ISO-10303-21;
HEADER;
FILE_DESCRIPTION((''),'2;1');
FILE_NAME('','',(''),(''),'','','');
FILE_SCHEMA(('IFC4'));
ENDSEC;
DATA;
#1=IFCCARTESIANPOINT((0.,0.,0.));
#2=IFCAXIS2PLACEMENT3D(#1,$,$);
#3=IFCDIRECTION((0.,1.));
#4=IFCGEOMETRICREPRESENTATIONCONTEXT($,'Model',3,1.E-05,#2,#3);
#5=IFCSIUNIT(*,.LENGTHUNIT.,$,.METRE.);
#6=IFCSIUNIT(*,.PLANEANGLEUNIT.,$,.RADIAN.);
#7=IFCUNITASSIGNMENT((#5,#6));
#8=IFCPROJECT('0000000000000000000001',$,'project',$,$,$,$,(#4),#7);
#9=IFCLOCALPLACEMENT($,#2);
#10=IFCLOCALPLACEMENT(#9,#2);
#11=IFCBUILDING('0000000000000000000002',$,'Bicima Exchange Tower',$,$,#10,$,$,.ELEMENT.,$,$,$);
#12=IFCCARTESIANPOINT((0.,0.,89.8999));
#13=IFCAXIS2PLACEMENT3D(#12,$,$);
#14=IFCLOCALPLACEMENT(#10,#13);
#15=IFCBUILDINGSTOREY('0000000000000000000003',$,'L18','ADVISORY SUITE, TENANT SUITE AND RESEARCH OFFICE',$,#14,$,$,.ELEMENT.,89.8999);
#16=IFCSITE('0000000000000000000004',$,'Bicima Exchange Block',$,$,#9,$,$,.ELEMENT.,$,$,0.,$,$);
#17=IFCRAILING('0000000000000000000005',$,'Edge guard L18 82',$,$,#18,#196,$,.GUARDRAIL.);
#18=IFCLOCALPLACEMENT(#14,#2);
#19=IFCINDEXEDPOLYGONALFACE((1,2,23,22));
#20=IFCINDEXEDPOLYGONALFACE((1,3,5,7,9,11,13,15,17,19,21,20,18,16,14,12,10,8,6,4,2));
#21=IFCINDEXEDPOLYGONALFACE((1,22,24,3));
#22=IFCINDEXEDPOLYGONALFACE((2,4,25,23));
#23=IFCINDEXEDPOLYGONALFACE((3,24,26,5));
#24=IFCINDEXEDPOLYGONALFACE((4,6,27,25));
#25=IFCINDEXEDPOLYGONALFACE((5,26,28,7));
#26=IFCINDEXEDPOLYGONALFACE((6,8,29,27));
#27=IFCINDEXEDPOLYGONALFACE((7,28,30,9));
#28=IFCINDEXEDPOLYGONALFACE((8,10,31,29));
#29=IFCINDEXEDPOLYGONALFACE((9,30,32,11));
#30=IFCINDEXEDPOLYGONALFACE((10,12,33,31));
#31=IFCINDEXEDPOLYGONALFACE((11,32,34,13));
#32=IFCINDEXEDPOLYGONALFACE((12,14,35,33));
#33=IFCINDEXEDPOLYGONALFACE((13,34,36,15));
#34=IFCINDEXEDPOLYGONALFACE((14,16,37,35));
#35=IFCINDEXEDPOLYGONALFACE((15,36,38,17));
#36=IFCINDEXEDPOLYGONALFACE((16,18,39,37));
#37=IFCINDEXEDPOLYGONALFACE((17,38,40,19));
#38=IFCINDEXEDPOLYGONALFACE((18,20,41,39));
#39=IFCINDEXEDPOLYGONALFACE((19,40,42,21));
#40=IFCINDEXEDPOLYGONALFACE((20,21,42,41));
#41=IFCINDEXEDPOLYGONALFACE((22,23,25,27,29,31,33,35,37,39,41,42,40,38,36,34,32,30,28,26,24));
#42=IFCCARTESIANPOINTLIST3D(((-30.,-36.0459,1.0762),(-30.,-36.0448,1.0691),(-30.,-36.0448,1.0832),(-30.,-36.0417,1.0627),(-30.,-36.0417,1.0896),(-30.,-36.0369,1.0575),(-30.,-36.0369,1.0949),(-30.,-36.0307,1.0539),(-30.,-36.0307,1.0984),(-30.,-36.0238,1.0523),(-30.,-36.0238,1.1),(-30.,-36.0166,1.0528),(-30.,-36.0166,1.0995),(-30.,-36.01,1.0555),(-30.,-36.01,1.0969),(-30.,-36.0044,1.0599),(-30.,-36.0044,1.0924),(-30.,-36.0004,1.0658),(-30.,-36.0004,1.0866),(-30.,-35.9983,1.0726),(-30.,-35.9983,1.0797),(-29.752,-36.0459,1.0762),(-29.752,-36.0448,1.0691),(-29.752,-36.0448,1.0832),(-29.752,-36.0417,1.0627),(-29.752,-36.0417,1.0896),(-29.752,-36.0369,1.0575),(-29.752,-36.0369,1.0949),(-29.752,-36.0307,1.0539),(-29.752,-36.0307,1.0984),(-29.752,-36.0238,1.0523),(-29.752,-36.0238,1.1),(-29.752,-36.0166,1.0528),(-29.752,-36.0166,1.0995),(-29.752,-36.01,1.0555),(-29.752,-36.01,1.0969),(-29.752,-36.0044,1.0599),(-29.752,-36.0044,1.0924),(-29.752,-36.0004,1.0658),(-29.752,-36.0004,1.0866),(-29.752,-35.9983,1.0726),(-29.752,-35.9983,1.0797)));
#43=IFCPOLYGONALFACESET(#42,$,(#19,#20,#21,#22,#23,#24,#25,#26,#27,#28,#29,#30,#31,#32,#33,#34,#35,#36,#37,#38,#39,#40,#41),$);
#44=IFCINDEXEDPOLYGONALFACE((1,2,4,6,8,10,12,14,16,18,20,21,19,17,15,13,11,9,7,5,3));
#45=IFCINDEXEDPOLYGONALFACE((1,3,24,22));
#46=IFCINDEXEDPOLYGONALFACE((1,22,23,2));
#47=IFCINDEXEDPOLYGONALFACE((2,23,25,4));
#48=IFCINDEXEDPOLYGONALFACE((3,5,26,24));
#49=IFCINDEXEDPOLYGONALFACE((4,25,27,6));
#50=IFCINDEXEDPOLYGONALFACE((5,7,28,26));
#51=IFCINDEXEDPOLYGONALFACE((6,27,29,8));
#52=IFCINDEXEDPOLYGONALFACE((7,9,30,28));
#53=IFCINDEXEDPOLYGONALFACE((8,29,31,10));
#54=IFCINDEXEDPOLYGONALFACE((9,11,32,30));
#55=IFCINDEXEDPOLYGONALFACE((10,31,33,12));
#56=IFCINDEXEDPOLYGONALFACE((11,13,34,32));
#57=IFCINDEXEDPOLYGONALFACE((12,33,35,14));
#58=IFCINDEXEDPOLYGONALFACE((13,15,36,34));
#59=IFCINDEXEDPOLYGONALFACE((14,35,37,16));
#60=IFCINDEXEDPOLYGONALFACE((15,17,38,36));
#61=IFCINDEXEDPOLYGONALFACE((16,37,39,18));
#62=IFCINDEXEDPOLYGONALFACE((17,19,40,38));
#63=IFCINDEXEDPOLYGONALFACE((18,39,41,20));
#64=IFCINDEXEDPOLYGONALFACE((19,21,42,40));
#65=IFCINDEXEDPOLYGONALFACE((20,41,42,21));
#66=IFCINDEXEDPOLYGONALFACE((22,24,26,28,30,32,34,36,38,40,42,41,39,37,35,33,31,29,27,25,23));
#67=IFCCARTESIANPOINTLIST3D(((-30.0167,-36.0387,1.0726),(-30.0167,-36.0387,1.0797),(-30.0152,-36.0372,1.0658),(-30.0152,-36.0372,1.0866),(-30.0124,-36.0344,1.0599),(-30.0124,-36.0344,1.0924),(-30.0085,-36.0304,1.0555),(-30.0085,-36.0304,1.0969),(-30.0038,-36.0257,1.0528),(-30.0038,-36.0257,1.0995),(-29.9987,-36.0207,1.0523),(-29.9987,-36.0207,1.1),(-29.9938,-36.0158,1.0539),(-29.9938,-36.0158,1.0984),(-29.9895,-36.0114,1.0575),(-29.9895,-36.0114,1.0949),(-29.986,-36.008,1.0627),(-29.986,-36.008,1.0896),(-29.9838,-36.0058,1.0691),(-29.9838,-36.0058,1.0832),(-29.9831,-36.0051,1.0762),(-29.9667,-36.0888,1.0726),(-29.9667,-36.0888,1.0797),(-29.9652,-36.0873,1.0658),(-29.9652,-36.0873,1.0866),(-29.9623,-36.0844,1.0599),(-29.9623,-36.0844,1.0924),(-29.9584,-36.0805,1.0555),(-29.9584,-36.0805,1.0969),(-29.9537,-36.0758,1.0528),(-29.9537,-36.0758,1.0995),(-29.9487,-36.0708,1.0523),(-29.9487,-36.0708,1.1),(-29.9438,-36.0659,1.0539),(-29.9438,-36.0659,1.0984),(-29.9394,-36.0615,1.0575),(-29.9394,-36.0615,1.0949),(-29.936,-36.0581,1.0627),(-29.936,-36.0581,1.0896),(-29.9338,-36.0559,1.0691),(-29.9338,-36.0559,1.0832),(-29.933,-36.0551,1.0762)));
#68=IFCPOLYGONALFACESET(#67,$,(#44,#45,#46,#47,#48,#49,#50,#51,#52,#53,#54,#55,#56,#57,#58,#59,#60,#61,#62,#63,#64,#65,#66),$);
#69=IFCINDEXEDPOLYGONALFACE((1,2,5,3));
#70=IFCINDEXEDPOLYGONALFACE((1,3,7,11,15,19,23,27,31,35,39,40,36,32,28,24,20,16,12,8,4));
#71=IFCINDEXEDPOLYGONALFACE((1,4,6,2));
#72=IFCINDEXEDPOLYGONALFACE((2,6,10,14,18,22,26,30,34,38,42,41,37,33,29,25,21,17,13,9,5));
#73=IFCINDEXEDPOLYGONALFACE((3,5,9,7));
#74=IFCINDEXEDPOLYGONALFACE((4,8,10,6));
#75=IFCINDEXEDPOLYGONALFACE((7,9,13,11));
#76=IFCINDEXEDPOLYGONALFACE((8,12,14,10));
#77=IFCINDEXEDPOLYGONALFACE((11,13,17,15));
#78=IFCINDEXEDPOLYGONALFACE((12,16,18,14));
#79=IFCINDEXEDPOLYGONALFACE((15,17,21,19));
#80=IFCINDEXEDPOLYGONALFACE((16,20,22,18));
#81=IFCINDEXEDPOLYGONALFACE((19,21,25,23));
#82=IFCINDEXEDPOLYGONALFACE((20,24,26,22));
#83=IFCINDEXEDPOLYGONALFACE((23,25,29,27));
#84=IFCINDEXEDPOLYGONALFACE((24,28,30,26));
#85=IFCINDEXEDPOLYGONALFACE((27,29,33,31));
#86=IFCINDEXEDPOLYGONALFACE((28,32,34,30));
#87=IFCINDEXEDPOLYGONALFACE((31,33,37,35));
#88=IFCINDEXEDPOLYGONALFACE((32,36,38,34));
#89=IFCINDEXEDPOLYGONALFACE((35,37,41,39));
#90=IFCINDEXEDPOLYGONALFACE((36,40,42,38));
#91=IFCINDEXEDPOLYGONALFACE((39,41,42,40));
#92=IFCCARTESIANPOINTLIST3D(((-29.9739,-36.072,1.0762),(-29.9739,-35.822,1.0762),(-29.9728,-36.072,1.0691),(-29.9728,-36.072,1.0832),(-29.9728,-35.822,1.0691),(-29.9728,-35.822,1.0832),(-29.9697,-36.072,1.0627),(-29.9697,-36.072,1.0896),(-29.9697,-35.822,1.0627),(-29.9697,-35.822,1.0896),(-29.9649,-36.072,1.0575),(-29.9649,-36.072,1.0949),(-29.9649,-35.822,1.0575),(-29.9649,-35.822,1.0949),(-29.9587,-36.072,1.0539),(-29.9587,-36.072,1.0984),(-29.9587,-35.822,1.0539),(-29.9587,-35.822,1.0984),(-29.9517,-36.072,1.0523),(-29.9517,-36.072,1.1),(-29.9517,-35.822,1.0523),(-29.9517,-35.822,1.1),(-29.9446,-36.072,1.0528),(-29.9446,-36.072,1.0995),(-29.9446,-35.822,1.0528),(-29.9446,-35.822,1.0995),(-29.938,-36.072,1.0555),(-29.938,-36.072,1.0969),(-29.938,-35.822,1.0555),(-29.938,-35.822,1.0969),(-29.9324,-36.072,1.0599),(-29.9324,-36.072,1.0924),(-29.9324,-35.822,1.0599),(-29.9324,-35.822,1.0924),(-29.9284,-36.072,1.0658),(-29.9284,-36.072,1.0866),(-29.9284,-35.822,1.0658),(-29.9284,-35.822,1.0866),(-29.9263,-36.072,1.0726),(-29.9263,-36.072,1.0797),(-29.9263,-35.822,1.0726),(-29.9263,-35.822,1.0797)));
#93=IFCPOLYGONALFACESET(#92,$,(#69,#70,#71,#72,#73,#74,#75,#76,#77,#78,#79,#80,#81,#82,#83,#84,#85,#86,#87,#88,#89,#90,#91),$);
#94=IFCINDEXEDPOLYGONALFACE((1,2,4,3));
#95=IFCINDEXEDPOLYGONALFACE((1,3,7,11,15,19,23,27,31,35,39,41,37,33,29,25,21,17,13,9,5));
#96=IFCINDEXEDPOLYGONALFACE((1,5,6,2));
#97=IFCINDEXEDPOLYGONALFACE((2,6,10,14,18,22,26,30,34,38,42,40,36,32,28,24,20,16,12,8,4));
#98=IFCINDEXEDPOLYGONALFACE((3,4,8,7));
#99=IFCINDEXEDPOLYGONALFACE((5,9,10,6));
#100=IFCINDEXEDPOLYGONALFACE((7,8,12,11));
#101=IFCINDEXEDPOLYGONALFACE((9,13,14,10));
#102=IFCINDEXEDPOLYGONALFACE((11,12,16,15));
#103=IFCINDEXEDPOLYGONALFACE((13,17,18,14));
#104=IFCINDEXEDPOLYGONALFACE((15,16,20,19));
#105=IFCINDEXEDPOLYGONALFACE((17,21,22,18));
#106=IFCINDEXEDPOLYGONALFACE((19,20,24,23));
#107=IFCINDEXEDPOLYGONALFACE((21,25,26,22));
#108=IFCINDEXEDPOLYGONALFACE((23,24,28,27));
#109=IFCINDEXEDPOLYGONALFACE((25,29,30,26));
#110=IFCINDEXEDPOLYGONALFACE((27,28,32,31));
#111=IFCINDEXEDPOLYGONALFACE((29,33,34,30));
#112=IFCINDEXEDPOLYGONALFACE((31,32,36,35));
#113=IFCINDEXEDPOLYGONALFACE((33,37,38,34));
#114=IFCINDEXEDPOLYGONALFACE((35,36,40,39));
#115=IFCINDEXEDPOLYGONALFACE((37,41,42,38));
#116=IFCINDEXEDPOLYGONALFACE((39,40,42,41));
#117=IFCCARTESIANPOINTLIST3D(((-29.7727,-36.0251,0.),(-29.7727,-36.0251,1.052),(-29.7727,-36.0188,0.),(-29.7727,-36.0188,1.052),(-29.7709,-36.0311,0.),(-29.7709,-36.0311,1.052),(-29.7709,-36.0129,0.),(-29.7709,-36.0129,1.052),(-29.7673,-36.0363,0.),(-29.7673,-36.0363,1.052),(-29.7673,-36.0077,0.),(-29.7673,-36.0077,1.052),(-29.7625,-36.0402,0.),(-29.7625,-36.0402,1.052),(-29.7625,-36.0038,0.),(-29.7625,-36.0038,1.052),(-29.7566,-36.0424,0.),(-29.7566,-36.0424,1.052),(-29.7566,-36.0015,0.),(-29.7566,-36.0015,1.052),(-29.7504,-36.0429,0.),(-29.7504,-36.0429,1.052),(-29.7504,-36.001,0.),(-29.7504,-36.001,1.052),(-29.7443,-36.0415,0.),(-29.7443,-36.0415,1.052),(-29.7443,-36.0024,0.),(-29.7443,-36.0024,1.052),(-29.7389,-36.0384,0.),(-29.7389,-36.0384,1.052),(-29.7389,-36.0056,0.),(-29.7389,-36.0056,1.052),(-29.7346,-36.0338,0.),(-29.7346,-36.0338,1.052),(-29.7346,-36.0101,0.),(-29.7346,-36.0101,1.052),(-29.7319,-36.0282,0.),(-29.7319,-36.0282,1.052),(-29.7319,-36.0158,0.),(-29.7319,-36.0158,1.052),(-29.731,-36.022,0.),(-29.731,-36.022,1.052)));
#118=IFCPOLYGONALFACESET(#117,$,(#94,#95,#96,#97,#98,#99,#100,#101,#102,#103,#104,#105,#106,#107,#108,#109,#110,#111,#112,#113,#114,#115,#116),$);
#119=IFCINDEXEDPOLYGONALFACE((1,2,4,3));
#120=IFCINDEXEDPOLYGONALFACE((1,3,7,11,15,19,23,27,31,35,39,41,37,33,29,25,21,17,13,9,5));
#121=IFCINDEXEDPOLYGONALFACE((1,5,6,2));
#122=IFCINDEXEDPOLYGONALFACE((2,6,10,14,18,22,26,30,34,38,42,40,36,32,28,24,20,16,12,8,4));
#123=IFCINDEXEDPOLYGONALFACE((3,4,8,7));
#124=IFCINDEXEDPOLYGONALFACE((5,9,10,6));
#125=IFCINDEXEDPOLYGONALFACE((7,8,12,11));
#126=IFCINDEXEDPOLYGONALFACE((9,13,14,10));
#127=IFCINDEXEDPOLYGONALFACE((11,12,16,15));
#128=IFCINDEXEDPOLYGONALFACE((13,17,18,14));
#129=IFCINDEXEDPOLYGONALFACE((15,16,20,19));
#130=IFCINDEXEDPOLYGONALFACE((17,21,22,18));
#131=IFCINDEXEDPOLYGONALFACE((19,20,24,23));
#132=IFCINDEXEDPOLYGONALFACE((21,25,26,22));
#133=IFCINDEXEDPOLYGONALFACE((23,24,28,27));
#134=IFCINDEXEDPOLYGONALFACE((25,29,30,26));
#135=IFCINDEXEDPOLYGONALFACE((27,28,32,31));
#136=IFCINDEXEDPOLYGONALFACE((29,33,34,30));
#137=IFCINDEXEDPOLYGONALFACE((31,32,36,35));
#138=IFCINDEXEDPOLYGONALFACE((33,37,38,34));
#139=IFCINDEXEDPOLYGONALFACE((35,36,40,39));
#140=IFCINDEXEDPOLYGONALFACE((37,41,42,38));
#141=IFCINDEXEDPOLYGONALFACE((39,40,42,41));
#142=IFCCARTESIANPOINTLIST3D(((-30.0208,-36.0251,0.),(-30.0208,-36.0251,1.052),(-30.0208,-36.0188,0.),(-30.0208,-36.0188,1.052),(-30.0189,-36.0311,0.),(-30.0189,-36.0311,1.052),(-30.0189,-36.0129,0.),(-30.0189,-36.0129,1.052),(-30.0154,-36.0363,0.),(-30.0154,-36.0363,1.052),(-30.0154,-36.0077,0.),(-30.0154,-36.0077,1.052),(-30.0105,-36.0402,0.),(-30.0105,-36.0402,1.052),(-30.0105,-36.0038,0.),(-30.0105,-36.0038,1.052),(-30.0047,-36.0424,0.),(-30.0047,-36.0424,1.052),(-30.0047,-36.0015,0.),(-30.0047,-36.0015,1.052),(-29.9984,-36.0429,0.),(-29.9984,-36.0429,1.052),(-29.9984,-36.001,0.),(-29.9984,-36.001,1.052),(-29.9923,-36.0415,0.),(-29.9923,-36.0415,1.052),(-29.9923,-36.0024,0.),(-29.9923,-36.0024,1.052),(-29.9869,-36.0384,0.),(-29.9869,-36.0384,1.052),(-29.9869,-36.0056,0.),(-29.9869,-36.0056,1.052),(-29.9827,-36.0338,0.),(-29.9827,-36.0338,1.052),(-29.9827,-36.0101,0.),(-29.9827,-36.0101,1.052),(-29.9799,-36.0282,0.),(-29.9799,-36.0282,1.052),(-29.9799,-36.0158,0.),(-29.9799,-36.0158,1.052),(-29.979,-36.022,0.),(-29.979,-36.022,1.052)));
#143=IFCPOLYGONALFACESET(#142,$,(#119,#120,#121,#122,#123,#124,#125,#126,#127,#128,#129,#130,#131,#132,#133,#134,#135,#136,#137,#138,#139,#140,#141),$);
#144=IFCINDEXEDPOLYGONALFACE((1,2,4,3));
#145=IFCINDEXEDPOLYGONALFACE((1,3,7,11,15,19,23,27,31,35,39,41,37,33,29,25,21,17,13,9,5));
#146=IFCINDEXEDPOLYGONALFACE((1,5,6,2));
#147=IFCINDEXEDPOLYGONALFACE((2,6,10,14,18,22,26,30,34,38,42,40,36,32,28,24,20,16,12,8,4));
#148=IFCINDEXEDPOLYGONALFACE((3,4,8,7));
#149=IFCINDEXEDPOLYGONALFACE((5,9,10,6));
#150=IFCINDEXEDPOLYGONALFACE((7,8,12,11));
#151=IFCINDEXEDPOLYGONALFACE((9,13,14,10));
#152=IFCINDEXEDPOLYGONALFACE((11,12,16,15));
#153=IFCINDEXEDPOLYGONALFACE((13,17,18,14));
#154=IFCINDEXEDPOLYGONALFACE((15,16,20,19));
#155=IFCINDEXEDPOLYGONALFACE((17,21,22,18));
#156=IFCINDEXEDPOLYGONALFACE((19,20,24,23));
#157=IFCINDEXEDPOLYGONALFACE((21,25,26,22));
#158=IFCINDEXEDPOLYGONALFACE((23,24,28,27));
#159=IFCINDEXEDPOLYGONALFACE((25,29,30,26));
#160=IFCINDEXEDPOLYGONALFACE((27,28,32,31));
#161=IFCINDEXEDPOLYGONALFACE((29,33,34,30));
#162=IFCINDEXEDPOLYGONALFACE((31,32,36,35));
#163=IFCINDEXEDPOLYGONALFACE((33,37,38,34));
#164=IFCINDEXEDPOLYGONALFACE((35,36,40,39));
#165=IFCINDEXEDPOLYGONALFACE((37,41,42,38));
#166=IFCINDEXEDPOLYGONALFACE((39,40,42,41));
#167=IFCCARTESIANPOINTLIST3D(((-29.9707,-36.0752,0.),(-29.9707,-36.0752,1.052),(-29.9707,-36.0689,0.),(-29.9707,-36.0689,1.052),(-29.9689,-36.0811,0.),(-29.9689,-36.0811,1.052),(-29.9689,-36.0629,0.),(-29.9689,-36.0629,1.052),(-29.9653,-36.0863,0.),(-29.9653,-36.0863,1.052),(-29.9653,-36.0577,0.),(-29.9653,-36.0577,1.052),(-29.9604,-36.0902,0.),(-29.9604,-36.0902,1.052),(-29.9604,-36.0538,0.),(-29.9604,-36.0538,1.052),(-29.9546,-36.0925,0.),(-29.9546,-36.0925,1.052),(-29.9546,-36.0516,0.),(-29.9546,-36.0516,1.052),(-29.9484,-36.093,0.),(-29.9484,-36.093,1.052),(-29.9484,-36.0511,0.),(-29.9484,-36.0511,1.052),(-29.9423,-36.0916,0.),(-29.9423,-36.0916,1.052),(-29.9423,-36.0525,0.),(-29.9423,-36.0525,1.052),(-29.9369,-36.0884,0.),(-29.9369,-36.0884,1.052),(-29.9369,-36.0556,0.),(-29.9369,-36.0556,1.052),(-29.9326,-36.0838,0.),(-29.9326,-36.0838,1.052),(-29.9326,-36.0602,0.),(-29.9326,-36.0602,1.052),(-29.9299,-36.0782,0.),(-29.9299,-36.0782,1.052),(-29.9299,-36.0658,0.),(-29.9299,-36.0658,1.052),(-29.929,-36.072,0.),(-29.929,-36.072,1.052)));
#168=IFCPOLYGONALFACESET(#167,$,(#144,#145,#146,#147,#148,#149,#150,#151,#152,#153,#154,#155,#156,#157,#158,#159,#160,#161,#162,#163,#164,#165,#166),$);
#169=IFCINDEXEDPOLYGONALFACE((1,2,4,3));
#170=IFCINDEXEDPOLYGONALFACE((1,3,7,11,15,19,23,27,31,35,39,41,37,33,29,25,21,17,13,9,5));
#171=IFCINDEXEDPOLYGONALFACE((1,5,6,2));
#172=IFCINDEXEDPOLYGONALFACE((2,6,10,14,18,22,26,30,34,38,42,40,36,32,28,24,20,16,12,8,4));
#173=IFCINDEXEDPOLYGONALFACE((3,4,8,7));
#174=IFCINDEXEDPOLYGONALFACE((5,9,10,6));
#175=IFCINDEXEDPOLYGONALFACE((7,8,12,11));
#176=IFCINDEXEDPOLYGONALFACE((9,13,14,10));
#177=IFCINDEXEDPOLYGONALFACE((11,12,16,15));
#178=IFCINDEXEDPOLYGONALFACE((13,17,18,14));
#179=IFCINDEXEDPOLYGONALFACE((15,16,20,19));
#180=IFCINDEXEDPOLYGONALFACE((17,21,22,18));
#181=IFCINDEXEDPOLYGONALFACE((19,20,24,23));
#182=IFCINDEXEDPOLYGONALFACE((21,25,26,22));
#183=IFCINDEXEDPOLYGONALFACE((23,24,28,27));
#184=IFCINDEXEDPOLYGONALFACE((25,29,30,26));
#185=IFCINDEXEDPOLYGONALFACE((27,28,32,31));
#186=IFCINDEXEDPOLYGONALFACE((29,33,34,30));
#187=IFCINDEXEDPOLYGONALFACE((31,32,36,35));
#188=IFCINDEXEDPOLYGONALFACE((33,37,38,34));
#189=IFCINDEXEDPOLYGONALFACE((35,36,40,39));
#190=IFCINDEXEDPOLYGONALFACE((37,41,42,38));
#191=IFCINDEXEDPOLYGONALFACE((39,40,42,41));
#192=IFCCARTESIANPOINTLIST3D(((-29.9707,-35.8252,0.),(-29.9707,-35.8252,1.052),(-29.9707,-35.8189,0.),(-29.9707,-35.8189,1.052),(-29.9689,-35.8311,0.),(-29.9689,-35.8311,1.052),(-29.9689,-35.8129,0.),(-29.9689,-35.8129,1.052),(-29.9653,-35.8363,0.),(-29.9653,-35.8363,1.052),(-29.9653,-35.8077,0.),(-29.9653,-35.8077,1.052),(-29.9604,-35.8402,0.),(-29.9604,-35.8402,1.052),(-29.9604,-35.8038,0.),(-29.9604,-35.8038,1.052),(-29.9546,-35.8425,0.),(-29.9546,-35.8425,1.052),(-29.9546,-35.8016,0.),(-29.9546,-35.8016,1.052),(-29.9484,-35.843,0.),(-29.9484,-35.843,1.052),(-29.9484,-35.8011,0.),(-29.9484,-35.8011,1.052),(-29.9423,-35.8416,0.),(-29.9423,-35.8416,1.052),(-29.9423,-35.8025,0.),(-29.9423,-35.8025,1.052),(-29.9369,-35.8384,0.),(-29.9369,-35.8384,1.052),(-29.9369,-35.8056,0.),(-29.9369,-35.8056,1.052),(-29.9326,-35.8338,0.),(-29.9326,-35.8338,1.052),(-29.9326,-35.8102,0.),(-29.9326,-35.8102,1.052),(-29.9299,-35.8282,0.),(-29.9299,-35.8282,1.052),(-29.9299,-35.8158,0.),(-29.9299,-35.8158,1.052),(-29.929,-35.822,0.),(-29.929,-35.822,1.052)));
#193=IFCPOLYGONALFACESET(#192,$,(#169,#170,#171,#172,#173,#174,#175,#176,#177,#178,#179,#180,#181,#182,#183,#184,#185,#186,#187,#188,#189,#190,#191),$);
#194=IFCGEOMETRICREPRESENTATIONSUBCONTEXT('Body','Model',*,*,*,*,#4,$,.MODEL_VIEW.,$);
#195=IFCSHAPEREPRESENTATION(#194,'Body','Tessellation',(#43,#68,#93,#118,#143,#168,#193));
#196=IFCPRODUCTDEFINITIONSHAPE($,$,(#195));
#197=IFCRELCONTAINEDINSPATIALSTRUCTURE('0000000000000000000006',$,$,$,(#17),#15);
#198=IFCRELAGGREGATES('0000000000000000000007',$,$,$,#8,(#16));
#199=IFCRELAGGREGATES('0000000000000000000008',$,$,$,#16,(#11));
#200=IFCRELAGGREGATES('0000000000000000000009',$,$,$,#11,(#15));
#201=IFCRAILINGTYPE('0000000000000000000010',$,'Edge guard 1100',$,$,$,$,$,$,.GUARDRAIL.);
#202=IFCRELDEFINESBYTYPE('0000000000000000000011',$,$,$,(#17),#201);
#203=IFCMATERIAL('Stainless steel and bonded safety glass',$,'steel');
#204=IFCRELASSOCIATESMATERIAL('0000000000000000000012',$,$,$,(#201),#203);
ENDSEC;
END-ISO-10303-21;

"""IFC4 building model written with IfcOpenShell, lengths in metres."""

from ifc_helpers import new_model, si_unit, direction, frame, origin, origin_2d, place, context, subcontext, project, spatial, circle, extrude, material, type_object, element, save


model = new_model("IFC4")

# Units and contexts
model_context = context("Model", 3, precision=1e-05, world=origin(), true_north=direction((0.0, 1.0)))
body_context = subcontext(model_context, "Body", "Model", "MODEL_VIEW")
ifc_project = project(units=[si_unit("LENGTHUNIT", "METRE"), si_unit("PLANEANGLEUNIT", "RADIAN")], contexts=[model_context])

# Site, building, storey
site_placement = place(None, origin())
site = spatial("IfcSite", under=ifc_project, at=site_placement, Name="Bicima Exchange Block", CompositionType="ELEMENT", RefElevation=0.0)
building_placement = place(site_placement, origin())
building = spatial("IfcBuilding", under=site, at=building_placement, Name="Bicima Exchange Tower", CompositionType="ELEMENT")
storey_placement = place(building_placement, frame((0.0, 0.0, 89.8999)))
storey = spatial("IfcBuildingStorey", under=building, at=storey_placement, Name="L18", Description="ADVISORY SUITE, TENANT SUITE AND RESEARCH OFFICE", CompositionType="ELEMENT", Elevation=89.8999)

# Railing
ifc_material_1 = material(Name="Stainless steel and bonded safety glass", Category="steel")
railing_type = type_object("IfcRailingType", Name="Edge guard 1100", PredefinedType="GUARDRAIL", material=ifc_material_1)
railing_1_placement = place(storey_placement, frame((-29.752, -36.022, 0.0)))
element("IfcRailing", 1, at=railing_1_placement, inside=storey, type_object=railing_type, Name="Edge guard L18 82", PredefinedType="GUARDRAIL", context=body_context, shape_type="SweptSolid", body=[
    extrude(circle(Radius=0.0239, at=origin_2d()), frame((0.0, 0.0, 1.0762), z_axis=(-1.0, 0.0, 0.0), x_axis=(0.0, -1.0, 0.0)), (0.0, 0.0, 1.0), 0.248),
    extrude(circle(Radius=0.0239, at=origin_2d()), frame((-0.248, 0.0, 1.0762), z_axis=(0.707107, -0.707107, 0.0), x_axis=(0.707107, 0.707107, 0.0)), (0.0, 0.0, 1.0), 0.0708),
    extrude(circle(Radius=0.0239, at=origin_2d()), frame((-0.198, -0.05, 1.0762), z_axis=(0.0, 1.0, 0.0), x_axis=(-1.0, 0.0, 0.0)), (0.0, 0.0, 1.0), 0.25),
    extrude(circle(Radius=0.021, at=origin_2d()), origin(), (0.0, 0.0, 1.0), 1.052),
    extrude(circle(Radius=0.021, at=origin_2d()), frame((-0.248, 0.0, 0.0)), (0.0, 0.0, 1.0), 1.052),
    extrude(circle(Radius=0.021, at=origin_2d()), frame((-0.198, -0.05, 0.0)), (0.0, 0.0, 1.0), 1.052),
    extrude(circle(Radius=0.021, at=origin_2d()), frame((-0.198, 0.2, 0.0)), (0.0, 0.0, 1.0), 1.052),
])

save(model, "model.ifc")
